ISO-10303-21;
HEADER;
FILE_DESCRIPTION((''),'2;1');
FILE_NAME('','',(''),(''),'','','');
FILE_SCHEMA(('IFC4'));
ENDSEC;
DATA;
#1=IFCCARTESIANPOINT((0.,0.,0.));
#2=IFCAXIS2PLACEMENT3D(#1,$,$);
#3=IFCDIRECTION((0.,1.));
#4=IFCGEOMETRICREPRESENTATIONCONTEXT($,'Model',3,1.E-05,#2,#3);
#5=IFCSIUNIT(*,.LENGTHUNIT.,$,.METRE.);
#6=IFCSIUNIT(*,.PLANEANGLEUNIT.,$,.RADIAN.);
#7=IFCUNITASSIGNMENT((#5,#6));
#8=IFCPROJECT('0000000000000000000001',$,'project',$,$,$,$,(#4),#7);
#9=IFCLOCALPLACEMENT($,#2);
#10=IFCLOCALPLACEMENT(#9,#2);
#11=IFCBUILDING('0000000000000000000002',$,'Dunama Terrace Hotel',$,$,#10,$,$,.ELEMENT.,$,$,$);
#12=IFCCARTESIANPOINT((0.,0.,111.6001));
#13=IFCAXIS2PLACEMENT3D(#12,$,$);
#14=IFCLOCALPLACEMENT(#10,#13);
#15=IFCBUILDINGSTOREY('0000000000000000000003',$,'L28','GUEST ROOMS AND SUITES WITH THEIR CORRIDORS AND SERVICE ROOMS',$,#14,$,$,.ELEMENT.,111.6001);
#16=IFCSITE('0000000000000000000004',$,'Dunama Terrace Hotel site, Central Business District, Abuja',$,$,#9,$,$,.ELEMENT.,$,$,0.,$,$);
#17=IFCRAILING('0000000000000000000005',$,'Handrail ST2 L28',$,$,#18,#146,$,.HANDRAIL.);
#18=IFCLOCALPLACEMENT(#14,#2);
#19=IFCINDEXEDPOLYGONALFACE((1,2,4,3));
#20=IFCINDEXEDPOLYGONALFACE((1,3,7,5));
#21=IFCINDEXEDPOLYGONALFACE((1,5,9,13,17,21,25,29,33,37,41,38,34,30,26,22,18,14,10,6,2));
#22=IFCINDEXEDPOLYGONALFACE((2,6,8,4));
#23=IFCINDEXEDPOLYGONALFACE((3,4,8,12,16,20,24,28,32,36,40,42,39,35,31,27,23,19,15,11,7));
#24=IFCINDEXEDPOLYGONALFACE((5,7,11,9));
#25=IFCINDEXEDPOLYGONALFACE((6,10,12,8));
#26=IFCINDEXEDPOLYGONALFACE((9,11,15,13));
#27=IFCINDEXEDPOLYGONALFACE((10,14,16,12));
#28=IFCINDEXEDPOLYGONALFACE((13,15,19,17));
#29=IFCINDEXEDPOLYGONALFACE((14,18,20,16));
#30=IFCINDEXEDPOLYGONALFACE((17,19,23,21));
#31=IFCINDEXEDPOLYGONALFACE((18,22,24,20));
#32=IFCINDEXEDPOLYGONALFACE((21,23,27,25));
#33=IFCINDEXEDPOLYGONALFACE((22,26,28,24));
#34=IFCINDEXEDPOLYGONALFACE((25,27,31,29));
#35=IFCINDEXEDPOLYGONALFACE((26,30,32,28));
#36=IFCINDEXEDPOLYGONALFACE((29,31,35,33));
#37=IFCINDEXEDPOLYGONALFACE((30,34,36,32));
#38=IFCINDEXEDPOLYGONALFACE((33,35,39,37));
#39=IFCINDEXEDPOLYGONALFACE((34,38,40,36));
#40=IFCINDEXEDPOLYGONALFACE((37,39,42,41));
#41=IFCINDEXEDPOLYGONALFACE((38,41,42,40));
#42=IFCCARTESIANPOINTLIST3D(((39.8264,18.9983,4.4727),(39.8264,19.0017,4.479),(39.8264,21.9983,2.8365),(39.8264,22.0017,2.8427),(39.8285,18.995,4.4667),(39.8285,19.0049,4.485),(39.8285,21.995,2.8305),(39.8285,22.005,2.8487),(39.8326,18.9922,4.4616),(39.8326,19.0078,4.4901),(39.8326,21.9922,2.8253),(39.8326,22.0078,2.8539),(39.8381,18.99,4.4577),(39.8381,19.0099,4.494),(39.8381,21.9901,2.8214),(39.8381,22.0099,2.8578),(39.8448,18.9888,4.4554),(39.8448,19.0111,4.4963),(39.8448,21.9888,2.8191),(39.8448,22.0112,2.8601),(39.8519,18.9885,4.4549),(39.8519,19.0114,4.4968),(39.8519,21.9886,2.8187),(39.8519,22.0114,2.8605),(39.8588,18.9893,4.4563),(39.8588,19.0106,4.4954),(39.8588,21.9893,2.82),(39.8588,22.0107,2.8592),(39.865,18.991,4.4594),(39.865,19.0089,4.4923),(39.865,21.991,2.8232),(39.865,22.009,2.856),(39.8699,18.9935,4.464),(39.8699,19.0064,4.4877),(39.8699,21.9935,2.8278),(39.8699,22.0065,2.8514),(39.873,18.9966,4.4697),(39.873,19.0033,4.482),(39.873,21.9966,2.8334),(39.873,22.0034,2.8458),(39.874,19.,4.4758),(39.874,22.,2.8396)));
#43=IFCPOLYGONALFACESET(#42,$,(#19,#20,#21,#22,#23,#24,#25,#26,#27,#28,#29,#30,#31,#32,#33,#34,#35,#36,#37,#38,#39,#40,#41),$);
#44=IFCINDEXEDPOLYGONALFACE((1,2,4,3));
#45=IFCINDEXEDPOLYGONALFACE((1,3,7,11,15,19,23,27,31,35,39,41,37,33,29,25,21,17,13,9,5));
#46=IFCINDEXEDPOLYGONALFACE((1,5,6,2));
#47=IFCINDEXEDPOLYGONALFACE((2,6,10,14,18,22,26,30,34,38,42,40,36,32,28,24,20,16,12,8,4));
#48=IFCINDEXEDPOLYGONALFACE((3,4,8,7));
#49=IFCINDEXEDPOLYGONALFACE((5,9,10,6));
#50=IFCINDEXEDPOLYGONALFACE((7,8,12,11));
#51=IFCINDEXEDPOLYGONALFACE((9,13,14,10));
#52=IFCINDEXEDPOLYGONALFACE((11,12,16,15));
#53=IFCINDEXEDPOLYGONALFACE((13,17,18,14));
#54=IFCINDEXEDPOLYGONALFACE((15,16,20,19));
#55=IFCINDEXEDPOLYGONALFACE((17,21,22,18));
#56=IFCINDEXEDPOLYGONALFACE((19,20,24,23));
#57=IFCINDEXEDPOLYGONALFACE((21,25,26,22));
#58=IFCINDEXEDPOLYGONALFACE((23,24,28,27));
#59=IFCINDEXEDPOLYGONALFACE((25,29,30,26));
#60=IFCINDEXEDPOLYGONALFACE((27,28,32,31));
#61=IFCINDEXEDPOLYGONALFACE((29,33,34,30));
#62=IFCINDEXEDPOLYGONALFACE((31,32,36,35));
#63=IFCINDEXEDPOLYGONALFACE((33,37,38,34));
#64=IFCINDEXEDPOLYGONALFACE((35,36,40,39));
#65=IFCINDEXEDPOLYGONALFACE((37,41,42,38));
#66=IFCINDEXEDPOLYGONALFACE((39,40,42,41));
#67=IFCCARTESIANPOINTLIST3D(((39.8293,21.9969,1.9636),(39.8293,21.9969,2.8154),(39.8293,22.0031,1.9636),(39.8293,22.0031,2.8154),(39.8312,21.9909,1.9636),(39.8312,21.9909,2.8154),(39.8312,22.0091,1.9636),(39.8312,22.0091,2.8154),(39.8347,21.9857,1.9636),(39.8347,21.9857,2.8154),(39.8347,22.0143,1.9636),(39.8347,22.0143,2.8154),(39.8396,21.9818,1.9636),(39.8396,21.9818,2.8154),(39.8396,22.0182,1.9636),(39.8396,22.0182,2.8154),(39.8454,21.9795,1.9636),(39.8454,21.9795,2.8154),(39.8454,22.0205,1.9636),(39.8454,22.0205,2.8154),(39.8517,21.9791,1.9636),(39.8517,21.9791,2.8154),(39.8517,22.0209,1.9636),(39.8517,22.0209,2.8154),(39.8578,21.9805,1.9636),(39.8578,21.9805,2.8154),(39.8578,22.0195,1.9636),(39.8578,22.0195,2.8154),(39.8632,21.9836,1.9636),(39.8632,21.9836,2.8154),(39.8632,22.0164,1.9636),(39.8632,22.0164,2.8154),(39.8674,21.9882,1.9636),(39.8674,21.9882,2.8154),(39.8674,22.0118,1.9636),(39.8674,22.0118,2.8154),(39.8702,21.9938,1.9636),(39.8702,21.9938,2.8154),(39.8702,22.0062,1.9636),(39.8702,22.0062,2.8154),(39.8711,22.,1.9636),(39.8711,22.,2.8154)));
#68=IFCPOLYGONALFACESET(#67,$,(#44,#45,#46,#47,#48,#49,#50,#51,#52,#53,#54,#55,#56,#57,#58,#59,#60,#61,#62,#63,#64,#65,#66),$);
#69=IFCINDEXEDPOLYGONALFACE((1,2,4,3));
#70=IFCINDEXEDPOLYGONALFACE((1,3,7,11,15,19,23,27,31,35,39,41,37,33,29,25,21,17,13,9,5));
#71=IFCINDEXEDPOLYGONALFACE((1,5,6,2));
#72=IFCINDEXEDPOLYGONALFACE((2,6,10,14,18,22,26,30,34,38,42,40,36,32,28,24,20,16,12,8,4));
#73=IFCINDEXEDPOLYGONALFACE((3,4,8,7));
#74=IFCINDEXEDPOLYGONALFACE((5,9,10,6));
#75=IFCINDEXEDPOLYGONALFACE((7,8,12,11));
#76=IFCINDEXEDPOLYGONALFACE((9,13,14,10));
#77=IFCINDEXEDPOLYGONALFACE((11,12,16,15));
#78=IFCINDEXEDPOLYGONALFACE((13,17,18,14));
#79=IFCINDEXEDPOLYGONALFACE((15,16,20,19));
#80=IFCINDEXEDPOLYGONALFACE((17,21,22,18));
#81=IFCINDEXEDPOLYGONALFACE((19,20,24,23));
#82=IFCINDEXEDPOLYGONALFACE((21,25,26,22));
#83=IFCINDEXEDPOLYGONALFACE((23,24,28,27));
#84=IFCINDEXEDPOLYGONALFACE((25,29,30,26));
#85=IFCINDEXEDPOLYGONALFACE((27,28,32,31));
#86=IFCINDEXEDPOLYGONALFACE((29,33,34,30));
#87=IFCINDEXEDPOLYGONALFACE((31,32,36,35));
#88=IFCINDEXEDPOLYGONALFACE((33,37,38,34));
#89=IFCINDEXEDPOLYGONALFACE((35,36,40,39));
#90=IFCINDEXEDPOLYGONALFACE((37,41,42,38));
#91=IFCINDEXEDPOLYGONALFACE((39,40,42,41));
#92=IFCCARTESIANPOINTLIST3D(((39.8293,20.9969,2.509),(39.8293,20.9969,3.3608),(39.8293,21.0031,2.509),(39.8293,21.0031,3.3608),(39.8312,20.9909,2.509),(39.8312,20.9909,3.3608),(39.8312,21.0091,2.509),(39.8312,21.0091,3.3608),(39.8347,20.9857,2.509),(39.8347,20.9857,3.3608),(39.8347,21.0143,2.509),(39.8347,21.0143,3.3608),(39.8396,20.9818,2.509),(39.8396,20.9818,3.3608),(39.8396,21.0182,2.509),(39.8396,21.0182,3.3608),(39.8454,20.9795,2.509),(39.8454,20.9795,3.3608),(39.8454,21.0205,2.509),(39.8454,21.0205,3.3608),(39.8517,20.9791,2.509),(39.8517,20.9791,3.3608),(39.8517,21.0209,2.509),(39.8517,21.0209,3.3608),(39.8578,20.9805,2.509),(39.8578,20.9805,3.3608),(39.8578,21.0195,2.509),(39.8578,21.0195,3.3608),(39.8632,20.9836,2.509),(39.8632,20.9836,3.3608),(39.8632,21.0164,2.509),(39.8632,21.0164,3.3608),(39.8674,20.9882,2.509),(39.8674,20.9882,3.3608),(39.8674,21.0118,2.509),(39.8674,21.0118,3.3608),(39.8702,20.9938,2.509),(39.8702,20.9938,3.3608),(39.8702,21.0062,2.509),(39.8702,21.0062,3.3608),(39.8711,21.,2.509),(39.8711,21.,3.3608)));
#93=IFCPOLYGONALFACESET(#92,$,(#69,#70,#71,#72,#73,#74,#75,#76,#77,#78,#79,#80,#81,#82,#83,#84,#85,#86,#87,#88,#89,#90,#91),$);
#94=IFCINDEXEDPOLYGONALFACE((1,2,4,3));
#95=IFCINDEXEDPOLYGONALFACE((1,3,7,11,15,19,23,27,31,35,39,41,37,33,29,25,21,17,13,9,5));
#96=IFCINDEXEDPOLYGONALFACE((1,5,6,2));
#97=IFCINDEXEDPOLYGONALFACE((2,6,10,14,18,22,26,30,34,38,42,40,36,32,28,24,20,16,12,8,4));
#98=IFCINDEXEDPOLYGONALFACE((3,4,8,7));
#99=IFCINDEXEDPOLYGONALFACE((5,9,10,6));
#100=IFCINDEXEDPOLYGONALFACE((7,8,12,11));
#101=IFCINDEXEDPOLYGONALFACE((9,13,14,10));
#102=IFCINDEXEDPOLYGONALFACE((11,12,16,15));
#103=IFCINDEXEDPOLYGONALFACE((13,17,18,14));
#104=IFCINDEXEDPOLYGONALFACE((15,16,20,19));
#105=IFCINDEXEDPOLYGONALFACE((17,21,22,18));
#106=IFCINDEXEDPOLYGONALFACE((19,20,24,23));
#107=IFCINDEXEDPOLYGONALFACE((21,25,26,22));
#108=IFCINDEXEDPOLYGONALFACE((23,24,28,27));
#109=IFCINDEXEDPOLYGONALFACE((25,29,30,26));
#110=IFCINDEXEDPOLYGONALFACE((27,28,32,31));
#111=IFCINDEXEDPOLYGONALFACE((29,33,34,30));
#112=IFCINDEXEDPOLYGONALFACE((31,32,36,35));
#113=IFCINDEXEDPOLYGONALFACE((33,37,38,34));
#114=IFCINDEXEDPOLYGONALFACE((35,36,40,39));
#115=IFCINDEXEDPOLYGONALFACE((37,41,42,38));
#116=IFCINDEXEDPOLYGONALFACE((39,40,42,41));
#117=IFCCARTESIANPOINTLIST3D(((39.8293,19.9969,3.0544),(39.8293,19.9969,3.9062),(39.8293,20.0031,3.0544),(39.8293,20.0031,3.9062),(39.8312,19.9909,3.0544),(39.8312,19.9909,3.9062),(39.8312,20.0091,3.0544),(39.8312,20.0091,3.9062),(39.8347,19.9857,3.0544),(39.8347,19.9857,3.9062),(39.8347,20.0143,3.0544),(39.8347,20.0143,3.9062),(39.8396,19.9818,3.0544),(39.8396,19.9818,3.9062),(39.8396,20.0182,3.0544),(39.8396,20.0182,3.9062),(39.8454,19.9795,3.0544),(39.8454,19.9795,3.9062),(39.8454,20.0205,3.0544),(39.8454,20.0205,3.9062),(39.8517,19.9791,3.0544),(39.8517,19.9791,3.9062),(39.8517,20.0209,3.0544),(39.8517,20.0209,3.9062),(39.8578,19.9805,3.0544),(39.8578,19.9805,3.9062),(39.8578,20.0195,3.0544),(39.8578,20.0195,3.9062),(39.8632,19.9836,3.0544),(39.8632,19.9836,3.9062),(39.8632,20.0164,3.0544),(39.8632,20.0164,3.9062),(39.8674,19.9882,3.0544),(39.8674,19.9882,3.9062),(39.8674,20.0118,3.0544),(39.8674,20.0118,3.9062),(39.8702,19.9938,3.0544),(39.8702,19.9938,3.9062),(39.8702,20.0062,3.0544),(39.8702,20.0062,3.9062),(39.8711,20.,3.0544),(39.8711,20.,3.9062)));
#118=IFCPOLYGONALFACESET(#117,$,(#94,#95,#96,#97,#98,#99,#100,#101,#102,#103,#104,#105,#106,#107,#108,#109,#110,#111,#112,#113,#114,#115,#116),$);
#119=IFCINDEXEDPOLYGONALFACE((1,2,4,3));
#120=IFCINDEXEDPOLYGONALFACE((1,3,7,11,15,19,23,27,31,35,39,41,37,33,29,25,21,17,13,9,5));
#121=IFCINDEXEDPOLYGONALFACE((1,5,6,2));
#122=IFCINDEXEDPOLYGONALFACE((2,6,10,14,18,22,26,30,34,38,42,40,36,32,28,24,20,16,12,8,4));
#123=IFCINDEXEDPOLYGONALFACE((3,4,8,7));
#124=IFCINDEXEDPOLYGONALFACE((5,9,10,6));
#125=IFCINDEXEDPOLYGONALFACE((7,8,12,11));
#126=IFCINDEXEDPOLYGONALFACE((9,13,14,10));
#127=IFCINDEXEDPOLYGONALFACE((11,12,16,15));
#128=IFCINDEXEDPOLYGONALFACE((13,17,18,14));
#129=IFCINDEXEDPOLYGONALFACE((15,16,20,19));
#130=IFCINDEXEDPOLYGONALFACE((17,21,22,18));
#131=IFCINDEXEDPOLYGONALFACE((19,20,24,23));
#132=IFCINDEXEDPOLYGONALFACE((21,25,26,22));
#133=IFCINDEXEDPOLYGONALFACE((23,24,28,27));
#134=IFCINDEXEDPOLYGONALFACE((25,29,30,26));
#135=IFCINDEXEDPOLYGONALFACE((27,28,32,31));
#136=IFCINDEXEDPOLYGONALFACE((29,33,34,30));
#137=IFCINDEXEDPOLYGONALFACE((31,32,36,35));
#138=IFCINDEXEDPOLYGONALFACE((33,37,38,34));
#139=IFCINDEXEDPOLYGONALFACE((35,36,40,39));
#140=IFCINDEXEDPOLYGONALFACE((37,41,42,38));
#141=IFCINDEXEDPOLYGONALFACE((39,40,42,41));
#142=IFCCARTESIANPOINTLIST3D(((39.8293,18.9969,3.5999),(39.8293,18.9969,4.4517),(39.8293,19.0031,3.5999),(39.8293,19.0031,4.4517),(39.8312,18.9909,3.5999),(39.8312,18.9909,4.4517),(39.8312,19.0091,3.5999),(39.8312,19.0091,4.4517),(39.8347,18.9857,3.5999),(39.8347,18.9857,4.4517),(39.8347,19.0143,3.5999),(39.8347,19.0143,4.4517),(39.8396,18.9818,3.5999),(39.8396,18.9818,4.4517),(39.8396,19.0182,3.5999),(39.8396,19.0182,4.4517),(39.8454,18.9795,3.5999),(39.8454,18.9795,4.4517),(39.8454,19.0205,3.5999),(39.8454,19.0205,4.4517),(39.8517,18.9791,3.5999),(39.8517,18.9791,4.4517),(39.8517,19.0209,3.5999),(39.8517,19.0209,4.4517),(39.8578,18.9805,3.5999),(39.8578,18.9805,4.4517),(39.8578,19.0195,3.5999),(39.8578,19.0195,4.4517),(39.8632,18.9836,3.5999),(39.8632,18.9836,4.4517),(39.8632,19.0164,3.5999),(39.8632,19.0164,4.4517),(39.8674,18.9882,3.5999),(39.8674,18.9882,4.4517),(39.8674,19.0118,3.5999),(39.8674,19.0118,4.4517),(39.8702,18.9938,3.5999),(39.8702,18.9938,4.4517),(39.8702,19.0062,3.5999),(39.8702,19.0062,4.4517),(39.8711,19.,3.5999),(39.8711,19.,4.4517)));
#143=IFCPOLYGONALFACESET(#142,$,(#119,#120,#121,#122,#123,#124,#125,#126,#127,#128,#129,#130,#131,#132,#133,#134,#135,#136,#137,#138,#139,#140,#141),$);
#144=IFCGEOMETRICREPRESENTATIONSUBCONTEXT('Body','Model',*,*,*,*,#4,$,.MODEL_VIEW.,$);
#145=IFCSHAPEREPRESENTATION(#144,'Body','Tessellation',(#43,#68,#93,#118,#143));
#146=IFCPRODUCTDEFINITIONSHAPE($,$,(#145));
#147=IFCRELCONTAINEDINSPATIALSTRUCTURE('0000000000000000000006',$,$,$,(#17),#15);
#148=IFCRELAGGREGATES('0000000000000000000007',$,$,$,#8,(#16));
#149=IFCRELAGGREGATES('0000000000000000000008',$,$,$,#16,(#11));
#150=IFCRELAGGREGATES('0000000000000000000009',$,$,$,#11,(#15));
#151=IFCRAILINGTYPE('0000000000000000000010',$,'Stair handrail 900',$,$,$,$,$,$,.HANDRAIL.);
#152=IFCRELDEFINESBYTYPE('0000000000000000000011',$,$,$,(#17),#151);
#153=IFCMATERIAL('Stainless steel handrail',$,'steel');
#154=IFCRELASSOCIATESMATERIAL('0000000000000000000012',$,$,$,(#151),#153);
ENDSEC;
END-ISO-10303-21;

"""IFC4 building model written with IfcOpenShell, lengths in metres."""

from ifc_helpers import new_model, si_unit, direction, frame, origin, origin_2d, place, context, subcontext, project, spatial, circle, extrude, material, type_object, element, save


model = new_model("IFC4")

# Units and contexts
model_context = context("Model", 3, precision=1e-05, world=origin(), true_north=direction((0.0, 1.0)))
body_context = subcontext(model_context, "Body", "Model", "MODEL_VIEW")
ifc_project = project(units=[si_unit("LENGTHUNIT", "METRE"), si_unit("PLANEANGLEUNIT", "RADIAN")], contexts=[model_context])

# Site, building, storey
site_placement = place(None, origin())
site = spatial("IfcSite", under=ifc_project, at=site_placement, Name="Dunama Terrace Hotel site, Central Business District, Abuja", CompositionType="ELEMENT", RefElevation=0.0)
building_placement = place(site_placement, origin())
building = spatial("IfcBuilding", under=site, at=building_placement, Name="Dunama Terrace Hotel", CompositionType="ELEMENT")
storey_placement = place(building_placement, frame((0.0, 0.0, 111.6001)))
storey = spatial("IfcBuildingStorey", under=building, at=storey_placement, Name="L28", Description="GUEST ROOMS AND SUITES WITH THEIR CORRIDORS AND SERVICE ROOMS", CompositionType="ELEMENT", Elevation=111.6001)

# Railing
ifc_material_1 = material(Name="Stainless steel handrail", Category="steel")
railing_type = type_object("IfcRailingType", Name="Stair handrail 900", PredefinedType="HANDRAIL", material=ifc_material_1)
railing_1_placement = place(storey_placement, frame((39.8501, 22.0, 1.9636)))
element("IfcRailing", 1, at=railing_1_placement, inside=storey, type_object=railing_type, Name="Handrail ST2 L28", PredefinedType="HANDRAIL", context=body_context, shape_type="SweptSolid", body=[
    extrude(circle(Radius=0.0239, at=origin_2d()), frame((0.0, 0.0, 0.876), z_axis=(0.0, -0.877912, 0.478822), x_axis=(1.0, 0.0, 0.0)), (0.0, 0.0, 1.0), 3.4172),
    extrude(circle(Radius=0.021, at=origin_2d()), origin(), (0.0, 0.0, 1.0), 0.8518),
    extrude(circle(Radius=0.021, at=origin_2d()), frame((0.0, -1.0, 0.5454)), (0.0, 0.0, 1.0), 0.8518),
    extrude(circle(Radius=0.021, at=origin_2d()), frame((0.0, -2.0, 1.0908)), (0.0, 0.0, 1.0), 0.8518),
    extrude(circle(Radius=0.021, at=origin_2d()), frame((0.0, -3.0, 1.6362)), (0.0, 0.0, 1.0), 0.8518),
])

save(model, "model.ifc")
